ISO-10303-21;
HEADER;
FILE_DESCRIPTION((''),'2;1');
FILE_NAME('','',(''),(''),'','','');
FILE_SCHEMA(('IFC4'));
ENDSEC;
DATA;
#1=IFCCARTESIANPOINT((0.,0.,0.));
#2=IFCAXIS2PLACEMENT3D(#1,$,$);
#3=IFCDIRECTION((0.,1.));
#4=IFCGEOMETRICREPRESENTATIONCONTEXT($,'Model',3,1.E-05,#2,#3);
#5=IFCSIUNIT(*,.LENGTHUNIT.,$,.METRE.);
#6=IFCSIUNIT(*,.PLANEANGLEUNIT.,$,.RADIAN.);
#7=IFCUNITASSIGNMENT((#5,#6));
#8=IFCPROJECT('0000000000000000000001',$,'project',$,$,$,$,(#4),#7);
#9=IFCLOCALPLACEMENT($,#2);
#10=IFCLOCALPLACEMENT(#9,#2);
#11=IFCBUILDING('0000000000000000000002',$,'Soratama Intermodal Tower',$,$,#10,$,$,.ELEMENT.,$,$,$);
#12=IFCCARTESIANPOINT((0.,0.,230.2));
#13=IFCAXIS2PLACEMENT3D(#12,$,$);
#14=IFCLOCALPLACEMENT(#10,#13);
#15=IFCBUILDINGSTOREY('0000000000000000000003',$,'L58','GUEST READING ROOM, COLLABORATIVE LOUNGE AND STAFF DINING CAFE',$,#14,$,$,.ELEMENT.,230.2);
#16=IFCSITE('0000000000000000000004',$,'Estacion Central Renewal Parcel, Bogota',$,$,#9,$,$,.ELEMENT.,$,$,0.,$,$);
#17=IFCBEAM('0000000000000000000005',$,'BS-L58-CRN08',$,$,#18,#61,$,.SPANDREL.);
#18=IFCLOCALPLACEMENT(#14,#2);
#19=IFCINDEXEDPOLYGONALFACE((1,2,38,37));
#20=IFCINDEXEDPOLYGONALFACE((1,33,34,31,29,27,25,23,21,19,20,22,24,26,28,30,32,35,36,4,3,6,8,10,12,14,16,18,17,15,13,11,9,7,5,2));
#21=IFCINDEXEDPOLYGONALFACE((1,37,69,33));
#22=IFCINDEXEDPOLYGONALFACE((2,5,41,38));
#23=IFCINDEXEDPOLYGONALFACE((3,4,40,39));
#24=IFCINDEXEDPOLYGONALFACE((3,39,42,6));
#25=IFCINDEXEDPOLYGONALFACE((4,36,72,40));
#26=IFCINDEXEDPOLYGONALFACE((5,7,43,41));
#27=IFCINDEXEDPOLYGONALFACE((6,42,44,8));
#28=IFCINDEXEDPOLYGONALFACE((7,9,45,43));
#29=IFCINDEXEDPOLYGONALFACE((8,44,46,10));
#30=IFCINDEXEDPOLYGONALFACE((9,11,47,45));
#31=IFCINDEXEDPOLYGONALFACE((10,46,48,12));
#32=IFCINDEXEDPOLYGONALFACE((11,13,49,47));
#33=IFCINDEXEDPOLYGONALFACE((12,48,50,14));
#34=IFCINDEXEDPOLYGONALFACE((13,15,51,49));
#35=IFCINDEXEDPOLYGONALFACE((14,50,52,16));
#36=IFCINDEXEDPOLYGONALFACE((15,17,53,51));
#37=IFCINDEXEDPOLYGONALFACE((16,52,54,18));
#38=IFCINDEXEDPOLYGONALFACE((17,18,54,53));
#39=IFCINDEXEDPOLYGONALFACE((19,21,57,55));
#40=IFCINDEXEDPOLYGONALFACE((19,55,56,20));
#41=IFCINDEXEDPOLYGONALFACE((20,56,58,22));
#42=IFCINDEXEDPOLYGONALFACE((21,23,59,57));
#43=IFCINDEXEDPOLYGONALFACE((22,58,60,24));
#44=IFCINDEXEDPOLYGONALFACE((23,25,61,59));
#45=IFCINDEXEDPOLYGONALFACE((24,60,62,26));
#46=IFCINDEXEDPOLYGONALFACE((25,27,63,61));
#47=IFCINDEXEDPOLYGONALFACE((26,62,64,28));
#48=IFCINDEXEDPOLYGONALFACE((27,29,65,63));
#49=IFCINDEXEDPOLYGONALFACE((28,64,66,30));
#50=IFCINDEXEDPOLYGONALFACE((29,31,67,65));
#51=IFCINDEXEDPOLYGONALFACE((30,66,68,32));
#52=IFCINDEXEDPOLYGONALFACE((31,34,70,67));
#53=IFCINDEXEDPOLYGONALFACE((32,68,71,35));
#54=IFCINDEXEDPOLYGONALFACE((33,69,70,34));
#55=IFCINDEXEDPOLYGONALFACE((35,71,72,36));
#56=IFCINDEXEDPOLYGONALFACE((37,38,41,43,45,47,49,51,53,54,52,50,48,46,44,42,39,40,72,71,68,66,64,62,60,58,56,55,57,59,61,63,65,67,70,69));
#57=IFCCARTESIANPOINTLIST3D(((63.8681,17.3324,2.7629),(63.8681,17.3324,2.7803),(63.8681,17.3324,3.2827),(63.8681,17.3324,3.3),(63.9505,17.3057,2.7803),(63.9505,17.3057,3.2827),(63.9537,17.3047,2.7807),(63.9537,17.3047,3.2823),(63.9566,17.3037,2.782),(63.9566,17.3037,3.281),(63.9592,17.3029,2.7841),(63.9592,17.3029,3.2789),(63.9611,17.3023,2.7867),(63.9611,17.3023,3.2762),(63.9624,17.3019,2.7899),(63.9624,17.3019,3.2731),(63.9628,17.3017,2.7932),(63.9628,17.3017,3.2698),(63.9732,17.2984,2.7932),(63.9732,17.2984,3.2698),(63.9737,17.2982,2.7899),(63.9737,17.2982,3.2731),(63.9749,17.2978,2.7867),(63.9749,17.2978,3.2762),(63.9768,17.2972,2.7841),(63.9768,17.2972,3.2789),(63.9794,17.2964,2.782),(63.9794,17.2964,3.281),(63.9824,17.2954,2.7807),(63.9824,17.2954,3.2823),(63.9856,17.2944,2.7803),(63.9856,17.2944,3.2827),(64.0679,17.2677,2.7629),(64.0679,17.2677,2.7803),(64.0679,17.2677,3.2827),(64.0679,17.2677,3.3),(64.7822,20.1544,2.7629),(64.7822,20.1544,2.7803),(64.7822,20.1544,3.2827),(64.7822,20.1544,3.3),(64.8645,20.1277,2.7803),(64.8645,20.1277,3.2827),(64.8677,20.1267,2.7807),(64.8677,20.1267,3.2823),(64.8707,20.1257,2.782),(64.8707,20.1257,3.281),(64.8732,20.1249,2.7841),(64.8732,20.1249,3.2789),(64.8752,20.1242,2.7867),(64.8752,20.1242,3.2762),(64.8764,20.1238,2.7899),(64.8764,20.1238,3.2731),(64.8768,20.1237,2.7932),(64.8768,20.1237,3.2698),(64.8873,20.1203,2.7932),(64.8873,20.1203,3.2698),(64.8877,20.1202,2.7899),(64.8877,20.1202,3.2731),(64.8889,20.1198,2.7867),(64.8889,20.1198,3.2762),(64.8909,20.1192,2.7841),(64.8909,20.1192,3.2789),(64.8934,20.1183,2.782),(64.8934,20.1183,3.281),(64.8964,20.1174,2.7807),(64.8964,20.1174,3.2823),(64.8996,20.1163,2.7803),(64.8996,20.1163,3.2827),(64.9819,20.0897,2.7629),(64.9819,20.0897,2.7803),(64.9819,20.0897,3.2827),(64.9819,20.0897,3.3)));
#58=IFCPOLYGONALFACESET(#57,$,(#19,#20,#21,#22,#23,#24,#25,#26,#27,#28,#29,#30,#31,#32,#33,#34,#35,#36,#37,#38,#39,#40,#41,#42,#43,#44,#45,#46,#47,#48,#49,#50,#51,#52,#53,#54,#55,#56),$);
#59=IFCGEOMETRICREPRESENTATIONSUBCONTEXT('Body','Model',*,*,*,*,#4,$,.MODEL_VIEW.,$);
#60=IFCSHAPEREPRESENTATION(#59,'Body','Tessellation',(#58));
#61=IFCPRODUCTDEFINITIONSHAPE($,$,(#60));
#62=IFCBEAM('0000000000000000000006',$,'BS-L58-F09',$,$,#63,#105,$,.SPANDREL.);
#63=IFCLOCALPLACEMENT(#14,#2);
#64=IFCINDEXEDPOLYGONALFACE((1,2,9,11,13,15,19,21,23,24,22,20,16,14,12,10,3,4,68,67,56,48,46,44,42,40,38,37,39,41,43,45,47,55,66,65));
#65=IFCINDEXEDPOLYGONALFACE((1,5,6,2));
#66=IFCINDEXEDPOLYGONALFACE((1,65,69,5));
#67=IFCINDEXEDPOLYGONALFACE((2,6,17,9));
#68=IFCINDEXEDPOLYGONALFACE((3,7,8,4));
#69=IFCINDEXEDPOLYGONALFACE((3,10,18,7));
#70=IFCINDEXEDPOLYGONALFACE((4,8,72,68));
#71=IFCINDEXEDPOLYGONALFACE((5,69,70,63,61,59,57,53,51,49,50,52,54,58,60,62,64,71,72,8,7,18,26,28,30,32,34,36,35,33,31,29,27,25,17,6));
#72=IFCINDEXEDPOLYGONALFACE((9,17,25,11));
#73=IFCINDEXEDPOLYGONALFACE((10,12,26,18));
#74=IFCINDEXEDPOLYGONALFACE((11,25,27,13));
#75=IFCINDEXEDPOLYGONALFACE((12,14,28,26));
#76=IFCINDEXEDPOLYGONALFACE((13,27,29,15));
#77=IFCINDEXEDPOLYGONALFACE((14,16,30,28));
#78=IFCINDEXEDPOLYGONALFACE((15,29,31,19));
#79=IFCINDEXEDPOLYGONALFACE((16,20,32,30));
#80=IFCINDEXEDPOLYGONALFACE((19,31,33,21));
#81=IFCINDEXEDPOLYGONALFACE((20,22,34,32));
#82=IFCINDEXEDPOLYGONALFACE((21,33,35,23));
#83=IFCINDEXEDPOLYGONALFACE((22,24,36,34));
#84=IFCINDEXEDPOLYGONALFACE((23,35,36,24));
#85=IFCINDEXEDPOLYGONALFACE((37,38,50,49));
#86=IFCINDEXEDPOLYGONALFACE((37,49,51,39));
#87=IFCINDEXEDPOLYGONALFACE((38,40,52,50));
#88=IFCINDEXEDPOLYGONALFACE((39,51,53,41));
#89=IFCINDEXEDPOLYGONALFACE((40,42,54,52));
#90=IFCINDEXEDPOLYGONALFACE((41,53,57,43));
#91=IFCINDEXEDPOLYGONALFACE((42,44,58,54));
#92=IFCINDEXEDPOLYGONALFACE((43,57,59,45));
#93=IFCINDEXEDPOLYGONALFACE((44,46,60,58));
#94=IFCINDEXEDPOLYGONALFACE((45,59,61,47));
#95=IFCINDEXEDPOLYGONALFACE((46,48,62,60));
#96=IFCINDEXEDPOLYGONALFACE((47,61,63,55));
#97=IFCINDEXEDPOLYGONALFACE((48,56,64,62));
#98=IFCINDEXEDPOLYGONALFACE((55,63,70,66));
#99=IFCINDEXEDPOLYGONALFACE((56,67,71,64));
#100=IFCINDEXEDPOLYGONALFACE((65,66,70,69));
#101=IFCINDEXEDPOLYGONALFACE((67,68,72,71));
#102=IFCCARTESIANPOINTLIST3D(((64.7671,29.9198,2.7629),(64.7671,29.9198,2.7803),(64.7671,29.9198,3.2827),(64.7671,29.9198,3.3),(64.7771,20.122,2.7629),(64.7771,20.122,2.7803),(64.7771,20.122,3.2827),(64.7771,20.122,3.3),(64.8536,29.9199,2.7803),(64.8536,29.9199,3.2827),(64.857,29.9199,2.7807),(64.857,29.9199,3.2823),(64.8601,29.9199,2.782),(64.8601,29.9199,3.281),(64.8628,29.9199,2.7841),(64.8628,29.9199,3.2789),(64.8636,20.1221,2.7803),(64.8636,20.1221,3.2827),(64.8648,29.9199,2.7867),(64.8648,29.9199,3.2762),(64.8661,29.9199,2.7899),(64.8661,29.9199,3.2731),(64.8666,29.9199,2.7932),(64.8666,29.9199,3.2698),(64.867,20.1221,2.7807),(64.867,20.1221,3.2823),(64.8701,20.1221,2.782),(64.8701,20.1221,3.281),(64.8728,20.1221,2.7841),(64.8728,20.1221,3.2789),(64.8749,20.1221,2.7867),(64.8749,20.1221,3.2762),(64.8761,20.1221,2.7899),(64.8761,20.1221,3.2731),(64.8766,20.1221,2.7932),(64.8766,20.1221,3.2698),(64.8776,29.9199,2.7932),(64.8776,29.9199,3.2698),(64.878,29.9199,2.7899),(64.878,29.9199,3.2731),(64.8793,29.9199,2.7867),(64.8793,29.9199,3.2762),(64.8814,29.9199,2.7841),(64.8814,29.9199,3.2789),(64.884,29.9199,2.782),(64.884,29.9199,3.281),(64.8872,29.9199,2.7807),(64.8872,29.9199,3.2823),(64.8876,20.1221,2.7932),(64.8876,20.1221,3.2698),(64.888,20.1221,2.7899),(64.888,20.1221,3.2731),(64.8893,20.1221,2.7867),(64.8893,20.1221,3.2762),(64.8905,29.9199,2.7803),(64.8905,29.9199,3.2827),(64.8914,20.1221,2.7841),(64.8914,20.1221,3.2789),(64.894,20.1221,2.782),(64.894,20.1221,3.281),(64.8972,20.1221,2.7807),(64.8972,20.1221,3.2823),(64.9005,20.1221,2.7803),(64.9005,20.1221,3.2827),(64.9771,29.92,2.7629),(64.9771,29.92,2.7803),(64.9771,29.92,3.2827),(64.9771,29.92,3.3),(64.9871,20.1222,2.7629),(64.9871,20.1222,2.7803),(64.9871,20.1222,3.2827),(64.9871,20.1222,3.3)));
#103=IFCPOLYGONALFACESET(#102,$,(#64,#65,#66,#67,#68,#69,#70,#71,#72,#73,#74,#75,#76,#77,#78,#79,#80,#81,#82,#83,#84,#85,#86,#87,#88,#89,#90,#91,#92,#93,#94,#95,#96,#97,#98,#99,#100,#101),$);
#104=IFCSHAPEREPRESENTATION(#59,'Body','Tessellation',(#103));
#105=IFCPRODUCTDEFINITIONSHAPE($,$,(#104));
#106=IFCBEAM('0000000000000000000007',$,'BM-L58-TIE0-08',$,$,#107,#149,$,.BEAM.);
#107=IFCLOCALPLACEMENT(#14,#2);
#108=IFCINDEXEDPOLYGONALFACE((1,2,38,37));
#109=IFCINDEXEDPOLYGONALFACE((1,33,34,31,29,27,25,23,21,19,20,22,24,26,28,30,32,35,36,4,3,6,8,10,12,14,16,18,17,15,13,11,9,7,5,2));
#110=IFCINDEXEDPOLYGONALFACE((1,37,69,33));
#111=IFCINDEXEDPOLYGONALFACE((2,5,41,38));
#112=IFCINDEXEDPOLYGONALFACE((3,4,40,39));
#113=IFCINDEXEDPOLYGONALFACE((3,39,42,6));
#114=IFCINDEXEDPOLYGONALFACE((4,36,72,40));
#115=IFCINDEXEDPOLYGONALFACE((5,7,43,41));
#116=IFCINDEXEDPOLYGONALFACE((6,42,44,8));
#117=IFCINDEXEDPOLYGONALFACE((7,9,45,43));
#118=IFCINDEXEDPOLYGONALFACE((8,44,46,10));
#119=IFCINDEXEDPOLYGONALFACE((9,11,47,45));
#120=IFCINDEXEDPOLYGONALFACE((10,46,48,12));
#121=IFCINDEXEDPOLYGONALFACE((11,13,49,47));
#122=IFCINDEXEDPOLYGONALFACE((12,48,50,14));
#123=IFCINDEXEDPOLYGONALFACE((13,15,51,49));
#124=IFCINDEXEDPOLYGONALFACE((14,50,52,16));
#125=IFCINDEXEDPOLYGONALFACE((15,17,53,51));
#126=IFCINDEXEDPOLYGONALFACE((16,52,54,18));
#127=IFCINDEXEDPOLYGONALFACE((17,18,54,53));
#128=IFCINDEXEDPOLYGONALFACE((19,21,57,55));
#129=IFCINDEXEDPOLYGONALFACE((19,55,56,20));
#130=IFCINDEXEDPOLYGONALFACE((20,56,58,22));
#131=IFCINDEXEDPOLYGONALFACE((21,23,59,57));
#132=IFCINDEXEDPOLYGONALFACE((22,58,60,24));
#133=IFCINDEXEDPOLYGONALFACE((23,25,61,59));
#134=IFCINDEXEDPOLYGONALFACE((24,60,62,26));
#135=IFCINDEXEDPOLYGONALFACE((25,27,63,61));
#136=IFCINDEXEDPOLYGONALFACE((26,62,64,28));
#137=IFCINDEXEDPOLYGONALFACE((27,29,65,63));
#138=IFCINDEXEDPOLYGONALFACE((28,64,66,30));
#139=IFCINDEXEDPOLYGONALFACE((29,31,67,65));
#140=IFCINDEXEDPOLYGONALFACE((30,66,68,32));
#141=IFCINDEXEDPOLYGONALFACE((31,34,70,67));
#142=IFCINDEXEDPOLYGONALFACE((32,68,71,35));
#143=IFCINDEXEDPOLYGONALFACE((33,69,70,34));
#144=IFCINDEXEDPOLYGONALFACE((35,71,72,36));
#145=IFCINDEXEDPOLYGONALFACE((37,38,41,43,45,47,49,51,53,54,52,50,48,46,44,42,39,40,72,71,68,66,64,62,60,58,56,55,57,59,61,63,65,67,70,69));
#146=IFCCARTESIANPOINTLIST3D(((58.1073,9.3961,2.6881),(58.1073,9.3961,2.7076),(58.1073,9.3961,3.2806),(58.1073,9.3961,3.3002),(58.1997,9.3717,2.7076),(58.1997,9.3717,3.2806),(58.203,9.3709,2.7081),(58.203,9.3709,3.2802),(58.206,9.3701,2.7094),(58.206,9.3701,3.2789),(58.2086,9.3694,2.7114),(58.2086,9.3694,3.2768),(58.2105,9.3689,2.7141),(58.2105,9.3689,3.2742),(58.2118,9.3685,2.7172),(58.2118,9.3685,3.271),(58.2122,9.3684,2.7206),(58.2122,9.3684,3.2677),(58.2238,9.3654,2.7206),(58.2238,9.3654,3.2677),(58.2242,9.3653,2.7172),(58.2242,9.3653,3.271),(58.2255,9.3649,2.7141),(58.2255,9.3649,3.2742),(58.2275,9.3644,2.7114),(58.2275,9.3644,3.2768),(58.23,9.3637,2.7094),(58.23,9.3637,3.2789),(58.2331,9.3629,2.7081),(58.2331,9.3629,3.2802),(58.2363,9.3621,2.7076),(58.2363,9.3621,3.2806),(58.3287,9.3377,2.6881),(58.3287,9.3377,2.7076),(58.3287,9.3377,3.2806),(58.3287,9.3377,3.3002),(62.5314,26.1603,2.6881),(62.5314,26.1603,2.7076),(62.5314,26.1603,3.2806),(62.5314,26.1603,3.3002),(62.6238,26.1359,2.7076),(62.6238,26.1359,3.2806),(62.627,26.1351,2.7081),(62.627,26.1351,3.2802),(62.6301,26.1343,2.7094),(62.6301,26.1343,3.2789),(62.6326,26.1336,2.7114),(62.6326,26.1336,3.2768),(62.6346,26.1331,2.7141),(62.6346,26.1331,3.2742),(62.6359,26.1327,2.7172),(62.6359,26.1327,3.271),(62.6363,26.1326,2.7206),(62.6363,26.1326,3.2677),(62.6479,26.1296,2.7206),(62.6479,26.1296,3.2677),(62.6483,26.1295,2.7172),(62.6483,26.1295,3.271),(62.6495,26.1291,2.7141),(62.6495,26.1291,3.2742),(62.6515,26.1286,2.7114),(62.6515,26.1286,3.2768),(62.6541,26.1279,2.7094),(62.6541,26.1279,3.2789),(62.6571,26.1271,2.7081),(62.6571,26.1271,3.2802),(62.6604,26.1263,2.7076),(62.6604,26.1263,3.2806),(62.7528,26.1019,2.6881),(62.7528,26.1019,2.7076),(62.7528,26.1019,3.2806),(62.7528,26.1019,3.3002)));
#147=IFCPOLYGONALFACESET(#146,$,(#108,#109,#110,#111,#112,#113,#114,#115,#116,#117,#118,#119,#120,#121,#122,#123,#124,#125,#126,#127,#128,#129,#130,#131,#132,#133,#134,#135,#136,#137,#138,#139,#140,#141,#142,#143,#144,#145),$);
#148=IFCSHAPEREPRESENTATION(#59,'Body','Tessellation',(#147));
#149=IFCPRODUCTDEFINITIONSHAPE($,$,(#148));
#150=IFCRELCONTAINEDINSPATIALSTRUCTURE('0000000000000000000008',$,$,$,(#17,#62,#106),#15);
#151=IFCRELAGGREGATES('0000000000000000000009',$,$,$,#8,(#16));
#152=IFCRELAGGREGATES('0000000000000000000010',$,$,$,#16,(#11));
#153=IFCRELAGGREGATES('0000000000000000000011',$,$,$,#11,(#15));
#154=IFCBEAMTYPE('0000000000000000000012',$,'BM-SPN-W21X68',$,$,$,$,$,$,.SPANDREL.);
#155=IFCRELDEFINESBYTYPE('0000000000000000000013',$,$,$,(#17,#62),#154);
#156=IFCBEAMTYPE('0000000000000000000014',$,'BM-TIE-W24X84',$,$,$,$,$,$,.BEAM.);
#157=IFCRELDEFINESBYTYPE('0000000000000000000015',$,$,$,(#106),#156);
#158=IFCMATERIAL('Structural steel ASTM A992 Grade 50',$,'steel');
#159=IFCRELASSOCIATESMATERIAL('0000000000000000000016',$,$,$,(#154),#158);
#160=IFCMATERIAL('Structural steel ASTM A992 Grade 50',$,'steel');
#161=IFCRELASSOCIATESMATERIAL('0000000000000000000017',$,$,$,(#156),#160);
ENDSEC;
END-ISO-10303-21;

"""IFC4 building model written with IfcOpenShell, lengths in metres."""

from ifc_helpers import new_model, si_unit, direction, frame, origin, origin_2d, place, context, subcontext, project, spatial, i_section, extrude, material, material_profile, profile_set, type_object, element, save


model = new_model("IFC4")

# Units and contexts
model_context = context("Model", 3, precision=1e-05, world=origin(), true_north=direction((0.0, 1.0)))
body_context = subcontext(model_context, "Body", "Model", "MODEL_VIEW")
ifc_project = project(units=[si_unit("LENGTHUNIT", "METRE"), si_unit("PLANEANGLEUNIT", "RADIAN")], contexts=[model_context])

# Site, building, storey
site_placement = place(None, origin())
site = spatial("IfcSite", under=ifc_project, at=site_placement, Name="Estacion Central Renewal Parcel, Bogota", CompositionType="ELEMENT", RefElevation=0.0)
building_placement = place(site_placement, origin())
building = spatial("IfcBuilding", under=site, at=building_placement, Name="Soratama Intermodal Tower", CompositionType="ELEMENT")
storey_placement = place(building_placement, frame((0.0, 0.0, 230.2)))
storey = spatial("IfcBuildingStorey", under=building, at=storey_placement, Name="L58", Description="GUEST READING ROOM, COLLABORATIVE LOUNGE AND STAFF DINING CAFE", CompositionType="ELEMENT", Elevation=230.2)

# Beams
ifc_material_1 = material(Name="Structural steel ASTM A992 Grade 50", Category="steel")
ifc_material_profile_1 = material_profile(ifc_material_1, i_section(OverallWidth=0.21, OverallDepth=0.5371, WebThickness=0.011, FlangeThickness=0.0173, FilletRadius=0.0129, at=origin_2d()), Name="W21X68")
ifc_profile_set_1 = profile_set([ifc_material_profile_1], Name="Structural steel ASTM A992 Grade 50")
beam_type_1 = type_object("IfcBeamType", Name="BM-SPN-W21X68", PredefinedType="SPANDREL", material=ifc_profile_set_1)
beam_1_placement = place(storey_placement, frame((63.968, 17.3, 3.0315), z_axis=(0.308142, 0.95134, 0.0), x_axis=(-0.95134, 0.308142, 0.0)))
element("IfcBeam", 1, at=beam_1_placement, inside=storey, type_object=beam_type_1, Name="BS-L58-CRN08", PredefinedType="SPANDREL", context=body_context, shape_type="SweptSolid", body=[
    extrude(i_section(OverallWidth=0.21, OverallDepth=0.5371, WebThickness=0.011, FlangeThickness=0.0173, FilletRadius=0.0129, at=origin_2d()), origin(), (0.0, 0.0, 1.0), 2.9663),
])
beam_2_placement = place(storey_placement, frame((64.8821, 20.1221, 3.0315), z_axis=(-0.001022, 0.999999, 0.0), x_axis=(-0.999999, -0.001022, 0.0)))
element("IfcBeam", 2, at=beam_2_placement, inside=storey, type_object=beam_type_1, Name="BS-L58-F09", PredefinedType="SPANDREL", context=body_context, shape_type="SweptSolid", body=[
    extrude(i_section(OverallWidth=0.21, OverallDepth=0.5371, WebThickness=0.011, FlangeThickness=0.0173, FilletRadius=0.0129, at=origin_2d()), origin(), (0.0, 0.0, 1.0), 9.7979),
])
ifc_material_2 = material(Name="Structural steel ASTM A992 Grade 50", Category="steel")
ifc_material_profile_2 = material_profile(ifc_material_2, i_section(OverallWidth=0.229, OverallDepth=0.6121, WebThickness=0.012, FlangeThickness=0.0195, FilletRadius=0.0129, at=origin_2d()), Name="W24X84")
ifc_profile_set_2 = profile_set([ifc_material_profile_2], Name="Structural steel ASTM A992 Grade 50")
beam_type_2 = type_object("IfcBeamType", Name="BM-TIE-W24X84", PredefinedType="BEAM", material=ifc_profile_set_2)
beam_3_placement = place(storey_placement, frame((62.6421, 26.1311, 2.9941), z_axis=(-0.255165, -0.966898, 0.0), x_axis=(0.966898, -0.255165, 0.0)))
element("IfcBeam", 3, at=beam_3_placement, inside=storey, type_object=beam_type_2, Name="BM-L58-TIE0-08", PredefinedType="BEAM", context=body_context, shape_type="SweptSolid", body=[
    extrude(i_section(OverallWidth=0.229, OverallDepth=0.6121, WebThickness=0.012, FlangeThickness=0.0195, FilletRadius=0.0129, at=origin_2d()), origin(), (0.0, 0.0, 1.0), 17.3381),
])

save(model, "model.ifc")
